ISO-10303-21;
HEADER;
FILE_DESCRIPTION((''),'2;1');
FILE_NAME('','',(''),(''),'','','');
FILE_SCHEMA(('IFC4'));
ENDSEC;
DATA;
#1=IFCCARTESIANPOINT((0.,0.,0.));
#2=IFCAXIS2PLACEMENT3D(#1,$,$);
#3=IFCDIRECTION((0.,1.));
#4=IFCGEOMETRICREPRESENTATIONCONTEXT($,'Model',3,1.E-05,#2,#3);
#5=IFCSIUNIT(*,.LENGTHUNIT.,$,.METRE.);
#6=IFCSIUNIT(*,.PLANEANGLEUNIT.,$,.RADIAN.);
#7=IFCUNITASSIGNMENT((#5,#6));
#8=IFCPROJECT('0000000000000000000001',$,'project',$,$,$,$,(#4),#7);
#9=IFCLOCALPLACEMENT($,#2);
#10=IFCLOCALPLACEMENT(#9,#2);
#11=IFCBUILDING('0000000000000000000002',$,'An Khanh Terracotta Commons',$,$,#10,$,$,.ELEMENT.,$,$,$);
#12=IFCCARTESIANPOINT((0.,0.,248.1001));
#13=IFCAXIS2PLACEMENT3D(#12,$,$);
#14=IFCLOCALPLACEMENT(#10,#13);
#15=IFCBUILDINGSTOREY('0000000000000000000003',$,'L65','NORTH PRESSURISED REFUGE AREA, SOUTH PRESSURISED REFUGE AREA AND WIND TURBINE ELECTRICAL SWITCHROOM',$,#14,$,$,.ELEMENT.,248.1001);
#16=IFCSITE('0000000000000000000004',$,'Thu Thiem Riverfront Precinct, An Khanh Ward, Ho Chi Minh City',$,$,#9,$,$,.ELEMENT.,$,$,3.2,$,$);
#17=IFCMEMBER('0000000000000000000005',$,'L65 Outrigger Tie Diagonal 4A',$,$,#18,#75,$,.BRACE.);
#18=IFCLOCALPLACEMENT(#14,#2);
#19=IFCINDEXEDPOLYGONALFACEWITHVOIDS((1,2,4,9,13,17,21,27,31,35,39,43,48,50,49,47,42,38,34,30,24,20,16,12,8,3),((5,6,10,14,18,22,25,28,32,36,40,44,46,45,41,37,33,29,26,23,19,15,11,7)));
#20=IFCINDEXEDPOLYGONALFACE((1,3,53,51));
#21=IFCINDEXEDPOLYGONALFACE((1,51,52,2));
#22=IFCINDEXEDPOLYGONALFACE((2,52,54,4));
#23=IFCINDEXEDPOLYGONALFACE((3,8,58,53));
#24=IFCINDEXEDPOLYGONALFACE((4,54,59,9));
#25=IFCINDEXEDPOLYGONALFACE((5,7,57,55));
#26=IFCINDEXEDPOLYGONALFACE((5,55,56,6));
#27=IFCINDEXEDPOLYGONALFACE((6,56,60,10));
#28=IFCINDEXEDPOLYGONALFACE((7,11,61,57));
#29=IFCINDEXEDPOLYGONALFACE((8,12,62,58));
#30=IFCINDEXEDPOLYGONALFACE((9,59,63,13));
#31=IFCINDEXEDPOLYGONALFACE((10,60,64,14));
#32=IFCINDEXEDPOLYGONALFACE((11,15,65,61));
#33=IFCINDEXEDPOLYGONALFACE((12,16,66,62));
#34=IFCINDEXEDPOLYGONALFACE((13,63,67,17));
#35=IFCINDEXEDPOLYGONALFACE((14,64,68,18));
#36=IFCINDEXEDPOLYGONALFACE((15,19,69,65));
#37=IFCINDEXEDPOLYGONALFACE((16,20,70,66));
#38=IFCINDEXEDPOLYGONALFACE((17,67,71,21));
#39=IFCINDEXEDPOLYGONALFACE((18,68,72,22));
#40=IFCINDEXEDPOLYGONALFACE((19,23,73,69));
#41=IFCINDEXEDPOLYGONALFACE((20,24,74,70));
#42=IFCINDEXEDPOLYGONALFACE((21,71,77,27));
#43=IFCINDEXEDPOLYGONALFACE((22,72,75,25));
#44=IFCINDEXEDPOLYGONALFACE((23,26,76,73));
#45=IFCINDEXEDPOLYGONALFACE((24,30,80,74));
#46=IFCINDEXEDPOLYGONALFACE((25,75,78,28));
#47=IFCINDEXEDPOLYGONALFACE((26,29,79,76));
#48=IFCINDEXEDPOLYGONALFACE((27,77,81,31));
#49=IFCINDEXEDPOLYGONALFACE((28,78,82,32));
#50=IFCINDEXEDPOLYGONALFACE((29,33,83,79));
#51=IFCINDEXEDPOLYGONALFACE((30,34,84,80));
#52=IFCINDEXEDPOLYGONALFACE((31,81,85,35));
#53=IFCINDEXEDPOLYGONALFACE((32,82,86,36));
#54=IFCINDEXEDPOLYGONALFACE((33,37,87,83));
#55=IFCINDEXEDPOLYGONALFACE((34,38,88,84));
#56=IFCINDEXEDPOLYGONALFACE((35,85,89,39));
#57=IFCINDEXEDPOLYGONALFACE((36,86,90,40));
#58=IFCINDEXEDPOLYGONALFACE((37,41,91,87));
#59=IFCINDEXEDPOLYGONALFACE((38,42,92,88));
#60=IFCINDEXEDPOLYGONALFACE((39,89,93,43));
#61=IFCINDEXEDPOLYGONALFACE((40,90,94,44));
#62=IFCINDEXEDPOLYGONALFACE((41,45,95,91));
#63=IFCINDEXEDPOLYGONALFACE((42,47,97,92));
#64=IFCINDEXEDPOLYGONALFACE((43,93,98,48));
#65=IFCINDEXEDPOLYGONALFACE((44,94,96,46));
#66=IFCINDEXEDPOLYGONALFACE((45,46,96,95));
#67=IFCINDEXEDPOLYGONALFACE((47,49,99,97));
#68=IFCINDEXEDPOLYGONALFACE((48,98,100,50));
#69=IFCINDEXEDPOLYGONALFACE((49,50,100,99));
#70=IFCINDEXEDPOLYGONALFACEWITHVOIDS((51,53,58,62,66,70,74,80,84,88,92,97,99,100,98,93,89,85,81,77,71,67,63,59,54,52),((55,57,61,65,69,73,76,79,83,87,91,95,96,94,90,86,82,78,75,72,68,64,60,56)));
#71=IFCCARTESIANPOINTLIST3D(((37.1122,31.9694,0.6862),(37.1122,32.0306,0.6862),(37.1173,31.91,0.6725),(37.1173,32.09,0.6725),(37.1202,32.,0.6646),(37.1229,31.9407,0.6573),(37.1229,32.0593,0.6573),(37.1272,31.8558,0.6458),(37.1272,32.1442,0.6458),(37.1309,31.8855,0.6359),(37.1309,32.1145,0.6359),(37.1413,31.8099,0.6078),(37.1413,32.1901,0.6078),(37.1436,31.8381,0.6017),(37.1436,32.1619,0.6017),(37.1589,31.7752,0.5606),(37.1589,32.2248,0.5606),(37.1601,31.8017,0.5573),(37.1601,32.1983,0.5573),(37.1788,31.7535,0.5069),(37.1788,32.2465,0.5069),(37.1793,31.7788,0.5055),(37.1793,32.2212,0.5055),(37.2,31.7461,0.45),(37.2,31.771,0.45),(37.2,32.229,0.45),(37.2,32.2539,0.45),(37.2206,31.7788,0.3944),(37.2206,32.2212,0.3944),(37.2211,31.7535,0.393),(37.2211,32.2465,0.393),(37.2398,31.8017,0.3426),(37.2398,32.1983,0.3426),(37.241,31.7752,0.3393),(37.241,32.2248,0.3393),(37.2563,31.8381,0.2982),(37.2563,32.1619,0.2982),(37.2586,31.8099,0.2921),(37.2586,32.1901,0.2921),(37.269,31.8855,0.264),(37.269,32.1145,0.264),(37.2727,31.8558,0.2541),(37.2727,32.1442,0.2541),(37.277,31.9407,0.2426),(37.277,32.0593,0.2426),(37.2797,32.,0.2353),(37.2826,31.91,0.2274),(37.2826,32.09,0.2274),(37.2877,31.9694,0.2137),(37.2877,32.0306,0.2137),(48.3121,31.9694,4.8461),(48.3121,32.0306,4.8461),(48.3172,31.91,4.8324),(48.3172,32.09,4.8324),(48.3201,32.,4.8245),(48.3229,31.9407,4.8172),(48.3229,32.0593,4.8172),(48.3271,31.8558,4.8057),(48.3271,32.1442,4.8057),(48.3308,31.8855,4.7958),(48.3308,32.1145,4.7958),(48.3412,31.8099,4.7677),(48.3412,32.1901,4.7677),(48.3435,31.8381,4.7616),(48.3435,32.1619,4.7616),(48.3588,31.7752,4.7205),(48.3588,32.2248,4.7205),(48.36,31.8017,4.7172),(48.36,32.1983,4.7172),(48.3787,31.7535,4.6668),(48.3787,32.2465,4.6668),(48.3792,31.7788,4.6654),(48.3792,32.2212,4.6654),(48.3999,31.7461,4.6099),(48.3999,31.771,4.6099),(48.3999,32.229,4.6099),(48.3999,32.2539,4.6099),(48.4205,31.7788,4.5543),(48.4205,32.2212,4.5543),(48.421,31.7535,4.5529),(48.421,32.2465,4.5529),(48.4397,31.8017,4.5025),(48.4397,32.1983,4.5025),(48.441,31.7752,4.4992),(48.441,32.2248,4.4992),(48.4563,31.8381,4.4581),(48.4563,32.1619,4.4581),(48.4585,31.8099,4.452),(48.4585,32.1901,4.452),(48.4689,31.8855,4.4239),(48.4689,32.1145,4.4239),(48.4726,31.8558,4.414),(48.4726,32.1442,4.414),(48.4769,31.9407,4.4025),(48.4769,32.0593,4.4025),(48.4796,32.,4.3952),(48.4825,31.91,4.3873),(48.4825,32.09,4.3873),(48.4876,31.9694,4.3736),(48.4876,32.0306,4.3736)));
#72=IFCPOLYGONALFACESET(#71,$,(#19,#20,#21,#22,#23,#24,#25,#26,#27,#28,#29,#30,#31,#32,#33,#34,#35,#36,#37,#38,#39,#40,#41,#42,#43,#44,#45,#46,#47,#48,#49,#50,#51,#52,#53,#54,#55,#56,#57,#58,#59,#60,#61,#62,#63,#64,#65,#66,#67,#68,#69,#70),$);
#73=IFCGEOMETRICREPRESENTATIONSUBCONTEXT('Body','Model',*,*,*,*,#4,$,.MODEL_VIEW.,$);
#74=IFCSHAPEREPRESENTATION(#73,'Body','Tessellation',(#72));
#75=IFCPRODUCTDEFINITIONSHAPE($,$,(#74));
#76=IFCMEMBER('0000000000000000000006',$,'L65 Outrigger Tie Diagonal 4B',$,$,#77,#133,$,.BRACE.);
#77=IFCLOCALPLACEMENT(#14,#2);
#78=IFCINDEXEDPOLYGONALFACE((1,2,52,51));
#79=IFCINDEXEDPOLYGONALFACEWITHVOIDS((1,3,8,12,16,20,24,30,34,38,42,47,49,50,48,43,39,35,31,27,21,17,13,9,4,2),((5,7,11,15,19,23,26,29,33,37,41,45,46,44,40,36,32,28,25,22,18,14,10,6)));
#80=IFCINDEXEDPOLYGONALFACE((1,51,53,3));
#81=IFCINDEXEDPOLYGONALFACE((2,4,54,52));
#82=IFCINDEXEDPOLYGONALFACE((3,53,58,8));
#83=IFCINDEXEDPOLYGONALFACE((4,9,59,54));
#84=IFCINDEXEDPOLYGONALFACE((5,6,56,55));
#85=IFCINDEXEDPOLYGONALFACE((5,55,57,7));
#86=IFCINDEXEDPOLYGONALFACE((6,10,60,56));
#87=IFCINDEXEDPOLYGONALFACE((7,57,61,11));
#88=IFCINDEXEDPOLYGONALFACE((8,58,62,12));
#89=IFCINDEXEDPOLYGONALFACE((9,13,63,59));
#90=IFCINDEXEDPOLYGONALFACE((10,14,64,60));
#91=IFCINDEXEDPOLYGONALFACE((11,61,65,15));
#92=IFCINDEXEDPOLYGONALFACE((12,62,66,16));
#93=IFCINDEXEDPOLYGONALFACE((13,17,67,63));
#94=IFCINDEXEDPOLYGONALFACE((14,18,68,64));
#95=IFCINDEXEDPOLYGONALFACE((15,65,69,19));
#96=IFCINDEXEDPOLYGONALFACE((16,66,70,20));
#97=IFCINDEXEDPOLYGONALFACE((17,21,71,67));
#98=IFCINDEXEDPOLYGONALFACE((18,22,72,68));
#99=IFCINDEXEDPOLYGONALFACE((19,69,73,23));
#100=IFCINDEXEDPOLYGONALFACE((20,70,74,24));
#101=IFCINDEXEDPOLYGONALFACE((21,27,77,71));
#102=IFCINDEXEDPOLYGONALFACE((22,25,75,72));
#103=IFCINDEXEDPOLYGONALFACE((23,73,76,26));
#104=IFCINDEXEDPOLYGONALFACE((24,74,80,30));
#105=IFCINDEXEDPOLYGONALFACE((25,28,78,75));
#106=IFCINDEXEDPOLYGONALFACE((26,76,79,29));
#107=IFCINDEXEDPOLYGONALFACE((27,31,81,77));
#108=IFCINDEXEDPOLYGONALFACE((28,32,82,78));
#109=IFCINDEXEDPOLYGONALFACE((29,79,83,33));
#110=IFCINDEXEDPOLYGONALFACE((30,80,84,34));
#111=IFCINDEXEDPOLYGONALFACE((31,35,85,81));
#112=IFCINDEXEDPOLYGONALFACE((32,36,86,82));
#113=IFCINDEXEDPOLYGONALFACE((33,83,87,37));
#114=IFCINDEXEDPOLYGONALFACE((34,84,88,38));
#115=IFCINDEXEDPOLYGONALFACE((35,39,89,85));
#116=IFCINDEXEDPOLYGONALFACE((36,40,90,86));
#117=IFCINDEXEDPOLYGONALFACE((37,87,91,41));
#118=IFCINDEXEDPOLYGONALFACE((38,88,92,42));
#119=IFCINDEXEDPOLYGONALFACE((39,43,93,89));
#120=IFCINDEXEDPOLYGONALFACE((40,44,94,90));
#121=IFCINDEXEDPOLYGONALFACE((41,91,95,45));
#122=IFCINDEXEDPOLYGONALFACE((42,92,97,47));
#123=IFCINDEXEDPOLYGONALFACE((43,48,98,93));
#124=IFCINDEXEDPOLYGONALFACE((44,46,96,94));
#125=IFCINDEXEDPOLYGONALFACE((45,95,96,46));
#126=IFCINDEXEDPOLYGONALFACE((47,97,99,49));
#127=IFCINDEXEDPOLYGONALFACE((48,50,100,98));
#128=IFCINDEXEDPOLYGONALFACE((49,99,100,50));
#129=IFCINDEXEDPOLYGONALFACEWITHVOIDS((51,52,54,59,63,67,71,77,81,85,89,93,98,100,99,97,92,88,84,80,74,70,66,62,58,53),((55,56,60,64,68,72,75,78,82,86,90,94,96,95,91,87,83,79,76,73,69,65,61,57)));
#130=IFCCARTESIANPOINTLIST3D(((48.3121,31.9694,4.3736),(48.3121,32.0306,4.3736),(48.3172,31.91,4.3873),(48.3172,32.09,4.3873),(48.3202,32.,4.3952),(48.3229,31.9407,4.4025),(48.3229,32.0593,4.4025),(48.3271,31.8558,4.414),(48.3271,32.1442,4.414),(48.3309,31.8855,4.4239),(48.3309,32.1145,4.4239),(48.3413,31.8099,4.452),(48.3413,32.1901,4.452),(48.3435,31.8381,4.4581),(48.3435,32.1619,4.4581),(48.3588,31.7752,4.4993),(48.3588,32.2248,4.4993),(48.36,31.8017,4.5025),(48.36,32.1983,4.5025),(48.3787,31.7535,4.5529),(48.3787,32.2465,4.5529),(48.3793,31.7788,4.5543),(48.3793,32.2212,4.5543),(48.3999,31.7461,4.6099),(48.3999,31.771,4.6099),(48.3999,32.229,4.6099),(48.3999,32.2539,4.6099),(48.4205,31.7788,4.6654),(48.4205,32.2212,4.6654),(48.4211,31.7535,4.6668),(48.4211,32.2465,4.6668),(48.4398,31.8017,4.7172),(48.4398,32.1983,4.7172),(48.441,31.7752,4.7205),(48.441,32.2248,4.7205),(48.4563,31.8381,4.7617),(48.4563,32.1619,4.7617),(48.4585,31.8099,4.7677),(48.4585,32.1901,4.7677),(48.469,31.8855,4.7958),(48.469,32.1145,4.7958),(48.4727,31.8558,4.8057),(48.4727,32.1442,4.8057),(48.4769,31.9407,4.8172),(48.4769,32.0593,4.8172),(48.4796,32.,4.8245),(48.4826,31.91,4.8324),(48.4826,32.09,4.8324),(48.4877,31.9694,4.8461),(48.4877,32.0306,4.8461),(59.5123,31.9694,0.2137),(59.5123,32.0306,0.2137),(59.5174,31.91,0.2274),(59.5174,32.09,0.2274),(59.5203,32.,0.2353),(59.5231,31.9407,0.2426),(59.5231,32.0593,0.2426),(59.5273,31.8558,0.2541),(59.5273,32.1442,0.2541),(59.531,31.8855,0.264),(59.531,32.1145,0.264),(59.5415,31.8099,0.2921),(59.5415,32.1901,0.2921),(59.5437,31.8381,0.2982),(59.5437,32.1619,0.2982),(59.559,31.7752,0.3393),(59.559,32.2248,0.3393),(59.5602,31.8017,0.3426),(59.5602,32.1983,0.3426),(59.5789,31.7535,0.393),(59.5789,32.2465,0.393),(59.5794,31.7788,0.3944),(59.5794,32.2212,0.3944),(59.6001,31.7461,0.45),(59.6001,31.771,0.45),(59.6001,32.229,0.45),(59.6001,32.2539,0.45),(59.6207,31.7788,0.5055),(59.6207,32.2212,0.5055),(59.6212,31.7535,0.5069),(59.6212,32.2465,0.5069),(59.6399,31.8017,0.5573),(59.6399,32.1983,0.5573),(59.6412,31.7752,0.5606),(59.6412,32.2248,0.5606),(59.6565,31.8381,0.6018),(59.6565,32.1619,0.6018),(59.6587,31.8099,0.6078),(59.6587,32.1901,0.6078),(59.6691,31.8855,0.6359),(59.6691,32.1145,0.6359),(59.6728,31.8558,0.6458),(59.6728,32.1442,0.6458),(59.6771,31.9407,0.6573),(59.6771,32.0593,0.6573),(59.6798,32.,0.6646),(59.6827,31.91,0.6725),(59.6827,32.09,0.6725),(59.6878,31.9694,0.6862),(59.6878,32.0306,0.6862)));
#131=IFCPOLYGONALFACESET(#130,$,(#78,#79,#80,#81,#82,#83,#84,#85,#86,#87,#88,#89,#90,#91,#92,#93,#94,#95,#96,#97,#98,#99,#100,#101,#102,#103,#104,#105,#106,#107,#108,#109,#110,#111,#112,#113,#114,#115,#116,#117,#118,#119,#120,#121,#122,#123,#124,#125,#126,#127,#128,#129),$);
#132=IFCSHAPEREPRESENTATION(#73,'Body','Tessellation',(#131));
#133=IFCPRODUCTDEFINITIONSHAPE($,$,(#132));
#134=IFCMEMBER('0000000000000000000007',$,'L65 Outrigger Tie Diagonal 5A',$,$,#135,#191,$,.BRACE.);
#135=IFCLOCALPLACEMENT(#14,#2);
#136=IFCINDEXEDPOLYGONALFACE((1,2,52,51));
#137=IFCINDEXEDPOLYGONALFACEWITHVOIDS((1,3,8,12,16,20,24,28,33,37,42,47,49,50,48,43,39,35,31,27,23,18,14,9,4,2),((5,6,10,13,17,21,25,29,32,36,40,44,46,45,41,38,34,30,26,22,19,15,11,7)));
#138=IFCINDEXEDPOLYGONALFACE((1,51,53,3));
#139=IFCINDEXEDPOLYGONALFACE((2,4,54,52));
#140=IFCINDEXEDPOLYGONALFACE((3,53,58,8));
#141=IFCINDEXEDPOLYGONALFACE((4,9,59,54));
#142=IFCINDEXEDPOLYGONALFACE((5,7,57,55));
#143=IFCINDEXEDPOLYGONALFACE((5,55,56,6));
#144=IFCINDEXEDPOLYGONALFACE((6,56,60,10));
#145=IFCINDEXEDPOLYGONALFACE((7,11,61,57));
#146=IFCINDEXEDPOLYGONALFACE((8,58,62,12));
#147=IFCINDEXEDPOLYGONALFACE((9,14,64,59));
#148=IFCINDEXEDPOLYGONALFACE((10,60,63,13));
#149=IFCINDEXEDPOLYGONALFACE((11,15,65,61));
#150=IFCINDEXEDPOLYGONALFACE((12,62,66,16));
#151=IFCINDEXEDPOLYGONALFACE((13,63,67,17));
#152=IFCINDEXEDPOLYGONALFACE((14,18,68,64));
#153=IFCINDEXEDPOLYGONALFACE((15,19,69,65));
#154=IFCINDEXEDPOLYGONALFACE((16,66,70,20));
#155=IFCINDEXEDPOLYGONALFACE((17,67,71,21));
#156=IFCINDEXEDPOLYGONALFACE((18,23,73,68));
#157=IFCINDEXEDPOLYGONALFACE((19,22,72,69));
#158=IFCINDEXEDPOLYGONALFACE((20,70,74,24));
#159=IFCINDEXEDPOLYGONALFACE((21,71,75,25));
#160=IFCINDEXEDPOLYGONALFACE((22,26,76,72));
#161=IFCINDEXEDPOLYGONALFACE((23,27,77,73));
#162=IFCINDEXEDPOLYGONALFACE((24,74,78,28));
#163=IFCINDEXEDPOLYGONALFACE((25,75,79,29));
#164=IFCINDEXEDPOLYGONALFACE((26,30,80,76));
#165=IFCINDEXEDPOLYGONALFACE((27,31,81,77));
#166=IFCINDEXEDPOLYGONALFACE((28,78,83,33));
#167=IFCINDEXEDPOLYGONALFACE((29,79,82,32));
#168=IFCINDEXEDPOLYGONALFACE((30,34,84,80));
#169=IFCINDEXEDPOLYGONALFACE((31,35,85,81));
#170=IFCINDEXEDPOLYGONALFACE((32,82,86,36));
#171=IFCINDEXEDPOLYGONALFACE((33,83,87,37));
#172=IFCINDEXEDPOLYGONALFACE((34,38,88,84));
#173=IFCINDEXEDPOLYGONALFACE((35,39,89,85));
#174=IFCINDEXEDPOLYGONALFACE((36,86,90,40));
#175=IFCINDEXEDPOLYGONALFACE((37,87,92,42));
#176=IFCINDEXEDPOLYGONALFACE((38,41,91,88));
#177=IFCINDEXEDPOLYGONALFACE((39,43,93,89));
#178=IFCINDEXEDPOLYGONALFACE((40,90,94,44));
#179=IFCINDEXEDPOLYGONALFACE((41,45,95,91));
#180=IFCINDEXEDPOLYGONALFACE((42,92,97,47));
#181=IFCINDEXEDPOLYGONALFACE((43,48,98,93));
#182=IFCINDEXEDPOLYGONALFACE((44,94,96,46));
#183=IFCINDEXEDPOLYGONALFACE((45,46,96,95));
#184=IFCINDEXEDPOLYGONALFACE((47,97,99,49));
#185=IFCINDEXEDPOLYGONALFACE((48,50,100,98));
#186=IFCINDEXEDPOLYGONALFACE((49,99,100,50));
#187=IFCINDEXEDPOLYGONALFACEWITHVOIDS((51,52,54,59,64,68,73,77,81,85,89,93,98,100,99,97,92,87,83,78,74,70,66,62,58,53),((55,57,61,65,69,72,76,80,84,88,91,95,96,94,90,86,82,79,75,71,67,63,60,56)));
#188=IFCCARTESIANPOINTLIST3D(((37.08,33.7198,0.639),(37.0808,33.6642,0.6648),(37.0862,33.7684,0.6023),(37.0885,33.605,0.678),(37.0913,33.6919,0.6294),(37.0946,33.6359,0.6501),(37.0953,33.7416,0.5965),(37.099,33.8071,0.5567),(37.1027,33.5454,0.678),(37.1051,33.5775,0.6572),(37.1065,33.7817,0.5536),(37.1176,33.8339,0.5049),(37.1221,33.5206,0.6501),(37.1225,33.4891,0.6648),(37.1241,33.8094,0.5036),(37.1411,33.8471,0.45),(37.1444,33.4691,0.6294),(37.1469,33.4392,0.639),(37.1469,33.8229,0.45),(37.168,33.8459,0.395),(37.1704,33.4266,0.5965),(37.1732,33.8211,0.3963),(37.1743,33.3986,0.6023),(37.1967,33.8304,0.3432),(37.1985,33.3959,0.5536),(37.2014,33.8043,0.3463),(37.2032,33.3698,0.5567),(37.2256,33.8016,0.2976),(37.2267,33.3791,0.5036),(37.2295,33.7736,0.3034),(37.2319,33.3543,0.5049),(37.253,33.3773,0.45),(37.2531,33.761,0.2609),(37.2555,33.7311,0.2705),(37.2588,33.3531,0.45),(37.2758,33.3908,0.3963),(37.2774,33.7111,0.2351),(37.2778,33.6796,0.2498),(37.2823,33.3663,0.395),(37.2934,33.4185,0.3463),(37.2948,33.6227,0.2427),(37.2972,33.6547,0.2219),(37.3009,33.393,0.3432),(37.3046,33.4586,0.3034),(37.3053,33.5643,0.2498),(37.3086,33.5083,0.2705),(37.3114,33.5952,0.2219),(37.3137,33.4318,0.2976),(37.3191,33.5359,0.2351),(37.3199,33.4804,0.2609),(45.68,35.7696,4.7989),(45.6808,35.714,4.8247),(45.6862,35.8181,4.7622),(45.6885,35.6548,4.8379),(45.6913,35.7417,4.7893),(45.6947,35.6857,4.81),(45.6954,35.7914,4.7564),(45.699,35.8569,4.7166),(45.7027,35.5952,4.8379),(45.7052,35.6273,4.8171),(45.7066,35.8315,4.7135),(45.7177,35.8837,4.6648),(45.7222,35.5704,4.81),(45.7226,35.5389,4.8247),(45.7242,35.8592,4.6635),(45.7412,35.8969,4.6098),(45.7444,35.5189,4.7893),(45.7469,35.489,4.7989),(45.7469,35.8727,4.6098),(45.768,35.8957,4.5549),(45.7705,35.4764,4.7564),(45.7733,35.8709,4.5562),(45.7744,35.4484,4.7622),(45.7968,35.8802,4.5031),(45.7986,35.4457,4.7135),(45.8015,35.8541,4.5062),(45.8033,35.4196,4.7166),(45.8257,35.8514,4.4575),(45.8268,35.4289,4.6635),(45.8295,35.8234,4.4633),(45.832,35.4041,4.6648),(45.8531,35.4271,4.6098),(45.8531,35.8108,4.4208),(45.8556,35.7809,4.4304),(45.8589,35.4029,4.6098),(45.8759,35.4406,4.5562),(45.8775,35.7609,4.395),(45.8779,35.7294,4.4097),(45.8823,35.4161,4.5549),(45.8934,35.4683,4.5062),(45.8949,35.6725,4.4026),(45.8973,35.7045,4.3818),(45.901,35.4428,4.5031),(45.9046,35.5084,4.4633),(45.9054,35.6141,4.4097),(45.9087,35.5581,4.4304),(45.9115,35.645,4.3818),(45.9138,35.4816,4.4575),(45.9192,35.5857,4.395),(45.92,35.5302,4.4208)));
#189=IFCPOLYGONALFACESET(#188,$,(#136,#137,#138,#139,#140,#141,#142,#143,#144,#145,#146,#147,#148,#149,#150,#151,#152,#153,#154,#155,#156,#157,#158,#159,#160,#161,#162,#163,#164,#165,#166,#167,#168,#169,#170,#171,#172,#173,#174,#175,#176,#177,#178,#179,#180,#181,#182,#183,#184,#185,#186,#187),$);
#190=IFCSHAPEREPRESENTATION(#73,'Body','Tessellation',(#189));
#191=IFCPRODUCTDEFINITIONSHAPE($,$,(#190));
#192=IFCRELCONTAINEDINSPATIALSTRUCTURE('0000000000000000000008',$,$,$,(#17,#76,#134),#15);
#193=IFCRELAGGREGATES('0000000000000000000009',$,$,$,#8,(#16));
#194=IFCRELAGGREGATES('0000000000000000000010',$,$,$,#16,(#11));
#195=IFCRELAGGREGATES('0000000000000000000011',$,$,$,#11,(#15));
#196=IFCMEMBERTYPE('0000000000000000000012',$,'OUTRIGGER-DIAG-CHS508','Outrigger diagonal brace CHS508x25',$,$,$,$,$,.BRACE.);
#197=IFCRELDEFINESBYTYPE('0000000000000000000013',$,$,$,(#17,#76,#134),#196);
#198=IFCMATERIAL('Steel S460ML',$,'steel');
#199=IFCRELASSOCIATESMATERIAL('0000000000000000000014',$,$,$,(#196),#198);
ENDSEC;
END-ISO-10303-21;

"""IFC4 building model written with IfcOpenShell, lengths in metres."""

from ifc_helpers import new_model, si_unit, direction, frame, origin, origin_2d, place, context, subcontext, project, spatial, hollow_circle, extrude, material, material_profile, profile_set, type_object, element, save


model = new_model("IFC4")

# Units and contexts
model_context = context("Model", 3, precision=1e-05, world=origin(), true_north=direction((0.0, 1.0)))
body_context = subcontext(model_context, "Body", "Model", "MODEL_VIEW")
ifc_project = project(units=[si_unit("LENGTHUNIT", "METRE"), si_unit("PLANEANGLEUNIT", "RADIAN")], contexts=[model_context])

# Site, building, storey
site_placement = place(None, origin())
site = spatial("IfcSite", under=ifc_project, at=site_placement, Name="Thu Thiem Riverfront Precinct, An Khanh Ward, Ho Chi Minh City", CompositionType="ELEMENT", RefElevation=3.2)
building_placement = place(site_placement, origin())
building = spatial("IfcBuilding", under=site, at=building_placement, Name="An Khanh Terracotta Commons", CompositionType="ELEMENT")
storey_placement = place(building_placement, frame((0.0, 0.0, 248.1001)))
storey = spatial("IfcBuildingStorey", under=building, at=storey_placement, Name="L65", Description="NORTH PRESSURISED REFUGE AREA, SOUTH PRESSURISED REFUGE AREA AND WIND TURBINE ELECTRICAL SWITCHROOM", CompositionType="ELEMENT", Elevation=248.1001)

# Shared definitions
ifc_material_1 = material(Name="Steel S460ML", Category="steel")

# Members
ifc_material_profile_1 = material_profile(ifc_material_1, hollow_circle(Radius=0.2539, WallThickness=0.0249, at=origin_2d()), Name="CHS508x25")
ifc_profile_set_1 = profile_set([ifc_material_profile_1], Name="Steel S460ML")
member_type_1 = type_object("IfcMemberType", Name="OUTRIGGER-DIAG-CHS508", Description="Outrigger diagonal brace CHS508x25", PredefinedType="BRACE", material=ifc_profile_set_1)
member_1_placement = place(storey_placement, frame((37.2, 32.0, 0.45), z_axis=(0.937427, 0.0, 0.348181), x_axis=(0.0, 1.0, 0.0)))
element("IfcMember", 1, at=member_1_placement, inside=storey, type_object=member_type_1, Name="L65 Outrigger Tie Diagonal 4A", PredefinedType="BRACE", context=body_context, shape_type="SweptSolid", body=[
    extrude(hollow_circle(Radius=0.2539, WallThickness=0.0249, at=origin_2d()), origin(), (0.0, 0.0, 1.0), 11.9475),
])
member_2_placement = place(storey_placement, frame((48.3999, 32.0, 4.6099), z_axis=(0.93743, 0.0, -0.348175), x_axis=(0.0, 1.0, 0.0)))
element("IfcMember", 2, at=member_2_placement, inside=storey, type_object=member_type_1, Name="L65 Outrigger Tie Diagonal 4B", PredefinedType="BRACE", context=body_context, shape_type="SweptSolid", body=[
    extrude(hollow_circle(Radius=0.2539, WallThickness=0.0249, at=origin_2d()), origin(), (0.0, 0.0, 1.0), 11.9478),
])
member_3_placement = place(storey_placement, frame((37.2, 33.6001, 0.45), z_axis=(0.880185, 0.209789, 0.42575), x_axis=(-0.231852, 0.972751, 0.0)))
element("IfcMember", 3, at=member_3_placement, inside=storey, type_object=member_type_1, Name="L65 Outrigger Tie Diagonal 5A", PredefinedType="BRACE", context=body_context, shape_type="SweptSolid", body=[
    extrude(hollow_circle(Radius=0.2539, WallThickness=0.0249, at=origin_2d()), origin(), (0.0, 0.0, 1.0), 9.7708),
])

save(model, "model.ifc")
